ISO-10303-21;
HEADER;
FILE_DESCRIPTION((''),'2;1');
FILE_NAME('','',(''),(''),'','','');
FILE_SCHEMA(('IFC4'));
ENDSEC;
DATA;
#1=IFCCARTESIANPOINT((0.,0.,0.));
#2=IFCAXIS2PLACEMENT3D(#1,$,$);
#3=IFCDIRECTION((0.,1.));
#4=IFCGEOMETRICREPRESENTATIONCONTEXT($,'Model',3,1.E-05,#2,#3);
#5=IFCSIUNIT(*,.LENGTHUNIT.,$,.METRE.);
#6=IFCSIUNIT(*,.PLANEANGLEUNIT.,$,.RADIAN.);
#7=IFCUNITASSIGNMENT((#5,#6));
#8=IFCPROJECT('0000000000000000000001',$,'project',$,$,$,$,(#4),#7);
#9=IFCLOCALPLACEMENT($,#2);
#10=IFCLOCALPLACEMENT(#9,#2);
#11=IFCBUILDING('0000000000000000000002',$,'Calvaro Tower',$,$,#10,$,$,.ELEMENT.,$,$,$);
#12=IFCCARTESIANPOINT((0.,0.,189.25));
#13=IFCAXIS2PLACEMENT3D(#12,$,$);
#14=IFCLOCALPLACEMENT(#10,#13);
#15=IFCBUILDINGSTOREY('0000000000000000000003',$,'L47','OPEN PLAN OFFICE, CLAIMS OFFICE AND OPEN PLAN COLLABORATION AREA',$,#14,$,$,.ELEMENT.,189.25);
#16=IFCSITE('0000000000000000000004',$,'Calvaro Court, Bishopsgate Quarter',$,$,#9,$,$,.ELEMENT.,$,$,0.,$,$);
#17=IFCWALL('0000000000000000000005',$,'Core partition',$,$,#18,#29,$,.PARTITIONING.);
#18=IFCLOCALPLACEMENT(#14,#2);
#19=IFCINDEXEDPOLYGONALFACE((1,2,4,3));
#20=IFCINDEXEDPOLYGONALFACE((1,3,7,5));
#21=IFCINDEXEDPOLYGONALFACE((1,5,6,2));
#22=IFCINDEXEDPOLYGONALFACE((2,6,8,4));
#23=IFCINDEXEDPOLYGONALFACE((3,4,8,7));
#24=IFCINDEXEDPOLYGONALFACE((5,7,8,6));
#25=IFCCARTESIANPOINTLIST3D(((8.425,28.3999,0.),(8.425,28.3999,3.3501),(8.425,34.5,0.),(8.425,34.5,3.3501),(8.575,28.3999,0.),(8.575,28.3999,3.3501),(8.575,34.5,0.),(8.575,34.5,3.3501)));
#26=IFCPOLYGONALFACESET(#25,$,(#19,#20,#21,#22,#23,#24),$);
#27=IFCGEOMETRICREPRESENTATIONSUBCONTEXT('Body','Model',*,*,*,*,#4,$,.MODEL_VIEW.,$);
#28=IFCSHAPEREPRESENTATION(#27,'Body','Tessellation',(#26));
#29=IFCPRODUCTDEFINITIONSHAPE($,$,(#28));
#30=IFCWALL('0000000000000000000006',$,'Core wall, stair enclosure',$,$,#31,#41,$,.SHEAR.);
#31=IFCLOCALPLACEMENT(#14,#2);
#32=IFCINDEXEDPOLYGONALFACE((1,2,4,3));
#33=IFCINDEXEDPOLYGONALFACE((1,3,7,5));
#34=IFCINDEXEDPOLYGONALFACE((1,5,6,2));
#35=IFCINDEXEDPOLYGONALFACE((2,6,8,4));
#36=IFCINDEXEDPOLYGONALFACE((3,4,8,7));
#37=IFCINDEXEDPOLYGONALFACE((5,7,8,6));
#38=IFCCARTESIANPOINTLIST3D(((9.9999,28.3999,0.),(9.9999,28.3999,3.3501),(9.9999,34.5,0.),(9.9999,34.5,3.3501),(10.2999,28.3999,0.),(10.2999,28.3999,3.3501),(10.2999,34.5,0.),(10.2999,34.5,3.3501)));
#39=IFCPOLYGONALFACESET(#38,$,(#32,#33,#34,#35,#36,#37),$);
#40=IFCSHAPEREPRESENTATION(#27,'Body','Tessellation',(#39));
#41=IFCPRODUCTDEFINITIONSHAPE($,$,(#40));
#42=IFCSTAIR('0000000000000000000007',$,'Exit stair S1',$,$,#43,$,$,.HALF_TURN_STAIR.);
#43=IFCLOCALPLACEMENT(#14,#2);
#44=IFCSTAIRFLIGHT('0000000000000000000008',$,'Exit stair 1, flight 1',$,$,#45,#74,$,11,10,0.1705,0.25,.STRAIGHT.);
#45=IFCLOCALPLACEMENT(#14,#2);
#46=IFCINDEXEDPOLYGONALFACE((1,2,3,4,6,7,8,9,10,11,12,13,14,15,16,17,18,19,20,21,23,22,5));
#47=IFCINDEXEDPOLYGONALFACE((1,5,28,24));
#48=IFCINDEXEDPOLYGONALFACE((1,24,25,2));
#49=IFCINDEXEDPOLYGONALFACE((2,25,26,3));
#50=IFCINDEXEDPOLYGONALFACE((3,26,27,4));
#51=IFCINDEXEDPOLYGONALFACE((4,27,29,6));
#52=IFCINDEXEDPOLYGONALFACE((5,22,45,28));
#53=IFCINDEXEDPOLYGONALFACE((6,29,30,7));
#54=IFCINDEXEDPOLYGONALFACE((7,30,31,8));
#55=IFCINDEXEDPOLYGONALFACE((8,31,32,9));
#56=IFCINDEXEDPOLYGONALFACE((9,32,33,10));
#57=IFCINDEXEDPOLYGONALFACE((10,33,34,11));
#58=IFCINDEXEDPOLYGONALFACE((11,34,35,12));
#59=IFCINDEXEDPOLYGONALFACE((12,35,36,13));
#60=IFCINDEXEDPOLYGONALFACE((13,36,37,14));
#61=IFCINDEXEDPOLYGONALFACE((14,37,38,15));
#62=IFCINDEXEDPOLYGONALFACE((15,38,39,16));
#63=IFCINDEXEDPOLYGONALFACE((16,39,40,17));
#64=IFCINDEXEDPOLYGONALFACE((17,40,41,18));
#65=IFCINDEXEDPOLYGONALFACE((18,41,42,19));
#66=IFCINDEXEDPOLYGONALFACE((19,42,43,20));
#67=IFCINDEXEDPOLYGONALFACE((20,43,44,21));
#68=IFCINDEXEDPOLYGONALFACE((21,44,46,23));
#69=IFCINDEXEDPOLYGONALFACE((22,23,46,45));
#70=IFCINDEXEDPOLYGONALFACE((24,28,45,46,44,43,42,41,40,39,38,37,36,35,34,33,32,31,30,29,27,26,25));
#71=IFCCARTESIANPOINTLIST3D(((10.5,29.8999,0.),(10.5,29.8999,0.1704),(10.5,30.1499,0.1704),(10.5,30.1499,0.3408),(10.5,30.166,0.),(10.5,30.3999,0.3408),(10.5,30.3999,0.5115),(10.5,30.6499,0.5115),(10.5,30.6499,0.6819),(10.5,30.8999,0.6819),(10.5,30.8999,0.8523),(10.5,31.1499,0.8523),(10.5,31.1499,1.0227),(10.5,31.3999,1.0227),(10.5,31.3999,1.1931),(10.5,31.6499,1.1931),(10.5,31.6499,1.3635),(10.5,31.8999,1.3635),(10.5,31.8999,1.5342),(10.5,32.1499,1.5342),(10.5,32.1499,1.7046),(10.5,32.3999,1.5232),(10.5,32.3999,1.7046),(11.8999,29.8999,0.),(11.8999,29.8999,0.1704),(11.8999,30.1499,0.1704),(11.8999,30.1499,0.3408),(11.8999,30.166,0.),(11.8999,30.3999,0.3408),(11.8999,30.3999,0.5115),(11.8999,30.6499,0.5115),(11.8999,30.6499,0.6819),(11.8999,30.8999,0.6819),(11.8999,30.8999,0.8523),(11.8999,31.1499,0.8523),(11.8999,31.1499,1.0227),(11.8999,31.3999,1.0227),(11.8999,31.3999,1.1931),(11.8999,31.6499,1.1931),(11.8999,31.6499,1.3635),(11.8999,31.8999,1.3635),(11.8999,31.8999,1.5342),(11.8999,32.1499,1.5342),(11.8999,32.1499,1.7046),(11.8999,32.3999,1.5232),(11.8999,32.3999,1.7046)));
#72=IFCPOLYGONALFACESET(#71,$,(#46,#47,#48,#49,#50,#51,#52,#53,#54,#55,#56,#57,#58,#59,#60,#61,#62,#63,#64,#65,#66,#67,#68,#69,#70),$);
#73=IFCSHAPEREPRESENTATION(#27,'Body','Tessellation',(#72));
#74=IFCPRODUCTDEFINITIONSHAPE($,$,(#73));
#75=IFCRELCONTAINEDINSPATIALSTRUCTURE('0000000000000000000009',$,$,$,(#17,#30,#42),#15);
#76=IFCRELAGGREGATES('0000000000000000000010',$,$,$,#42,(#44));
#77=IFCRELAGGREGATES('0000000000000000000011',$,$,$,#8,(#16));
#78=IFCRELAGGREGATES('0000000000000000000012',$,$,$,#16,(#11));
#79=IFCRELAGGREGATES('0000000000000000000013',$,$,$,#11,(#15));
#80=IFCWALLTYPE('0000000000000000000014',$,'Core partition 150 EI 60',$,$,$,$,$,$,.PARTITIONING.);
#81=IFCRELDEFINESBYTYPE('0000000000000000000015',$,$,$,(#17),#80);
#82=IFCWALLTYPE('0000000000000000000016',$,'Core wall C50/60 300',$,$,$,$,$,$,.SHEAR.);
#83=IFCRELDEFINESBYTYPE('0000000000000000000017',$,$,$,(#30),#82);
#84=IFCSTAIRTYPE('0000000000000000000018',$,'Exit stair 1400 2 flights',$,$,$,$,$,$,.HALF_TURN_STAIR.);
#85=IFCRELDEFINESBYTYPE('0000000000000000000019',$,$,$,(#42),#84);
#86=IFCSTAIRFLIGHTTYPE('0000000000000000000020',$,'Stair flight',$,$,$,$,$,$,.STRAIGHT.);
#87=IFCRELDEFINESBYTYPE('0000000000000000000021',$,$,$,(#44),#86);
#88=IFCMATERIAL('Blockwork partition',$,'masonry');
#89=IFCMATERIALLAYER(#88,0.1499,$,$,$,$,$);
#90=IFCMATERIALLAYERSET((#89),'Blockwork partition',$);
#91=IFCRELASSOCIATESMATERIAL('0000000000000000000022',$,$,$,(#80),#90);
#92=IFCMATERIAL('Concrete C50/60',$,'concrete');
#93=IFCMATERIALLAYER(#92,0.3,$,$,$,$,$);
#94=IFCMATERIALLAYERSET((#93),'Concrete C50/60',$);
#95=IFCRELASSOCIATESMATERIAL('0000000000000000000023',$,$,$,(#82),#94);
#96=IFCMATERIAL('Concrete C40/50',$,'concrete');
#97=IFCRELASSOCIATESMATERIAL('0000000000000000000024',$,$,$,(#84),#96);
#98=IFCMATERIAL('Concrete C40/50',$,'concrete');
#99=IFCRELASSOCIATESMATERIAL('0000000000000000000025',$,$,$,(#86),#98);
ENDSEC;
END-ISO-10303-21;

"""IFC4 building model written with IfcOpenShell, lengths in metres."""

from ifc_helpers import new_model, si_unit, direction, frame, frame_2d, origin, place, context, subcontext, project, spatial, polyline, rectangle, outline, extrude, material, layer, layer_set, type_object, element, aggregate, save


model = new_model("IFC4")

# Units and contexts
model_context = context("Model", 3, precision=1e-05, world=origin(), true_north=direction((0.0, 1.0)))
body_context = subcontext(model_context, "Body", "Model", "MODEL_VIEW")
ifc_project = project(units=[si_unit("LENGTHUNIT", "METRE"), si_unit("PLANEANGLEUNIT", "RADIAN")], contexts=[model_context])

# Site, building, storey
site_placement = place(None, origin())
site = spatial("IfcSite", under=ifc_project, at=site_placement, Name="Calvaro Court, Bishopsgate Quarter", CompositionType="ELEMENT", RefElevation=0.0)
building_placement = place(site_placement, origin())
building = spatial("IfcBuilding", under=site, at=building_placement, Name="Calvaro Tower", CompositionType="ELEMENT")
storey_placement = place(building_placement, frame((0.0, 0.0, 189.25)))
storey = spatial("IfcBuildingStorey", under=building, at=storey_placement, Name="L47", Description="OPEN PLAN OFFICE, CLAIMS OFFICE AND OPEN PLAN COLLABORATION AREA", CompositionType="ELEMENT", Elevation=189.25)

# Walls
ifc_material_1 = material(Name="Blockwork partition", Category="masonry")
ifc_layer_1 = layer(ifc_material_1, 0.1499)
ifc_layer_set_1 = layer_set([ifc_layer_1], Name="Blockwork partition")
wall_type_1 = type_object("IfcWallType", Name="Core partition 150 EI 60", PredefinedType="PARTITIONING", material=ifc_layer_set_1)
wall_1_placement = place(storey_placement, frame((8.5, 28.3999, 0.0), z_axis=(0.0, 0.0, 1.0), x_axis=(0.0, 1.0, 0.0)))
element("IfcWall", 1, at=wall_1_placement, inside=storey, type_object=wall_type_1, Name="Core partition", PredefinedType="PARTITIONING", context=body_context, shape_type="SweptSolid", body=[
    extrude(rectangle(XDim=6.1001, YDim=0.1499, at=frame_2d((3.05, 0.0))), origin(), (0.0, 0.0, 1.0), 3.3501),
])
ifc_material_2 = material(Name="Concrete C50/60", Category="concrete")
ifc_layer_2 = layer(ifc_material_2, 0.3)
ifc_layer_set_2 = layer_set([ifc_layer_2], Name="Concrete C50/60")
wall_type_2 = type_object("IfcWallType", Name="Core wall C50/60 300", PredefinedType="SHEAR", material=ifc_layer_set_2)
wall_2_placement = place(storey_placement, frame((10.1499, 28.3999, 0.0), z_axis=(0.0, 0.0, 1.0), x_axis=(0.0, 1.0, 0.0)))
element("IfcWall", 2, at=wall_2_placement, inside=storey, type_object=wall_type_2, Name="Core wall, stair enclosure", PredefinedType="SHEAR", context=body_context, shape_type="SweptSolid", body=[
    extrude(rectangle(XDim=6.1001, YDim=0.3, at=frame_2d((3.05, 0.0))), origin(), (0.0, 0.0, 1.0), 3.3501),
])

# Stair, stair flight
ifc_material_3 = material(Name="Concrete C40/50", Category="concrete")
stair_type = type_object("IfcStairType", Name="Exit stair 1400 2 flights", PredefinedType="HALF_TURN_STAIR", material=ifc_material_3)
stair_placement = place(storey_placement, origin())
stair = element("IfcStair", 3, at=stair_placement, inside=storey, type_object=stair_type, Name="Exit stair S1", PredefinedType="HALF_TURN_STAIR")
ifc_material_4 = material(Name="Concrete C40/50", Category="concrete")
stair_flight_type = type_object("IfcStairFlightType", Name="Stair flight", PredefinedType="STRAIGHT", material=ifc_material_4)
stair_flight_placement = place(storey_placement, frame((11.2, 29.8999, 0.0), z_axis=(0.0, 0.0, 1.0), x_axis=(0.0, 1.0, 0.0)))
stair_flight = element("IfcStairFlight", 4, at=stair_flight_placement, type_object=stair_flight_type, Name="Exit stair 1, flight 1", NumberOfRisers=11, NumberOfTreads=10, PredefinedType="STRAIGHT", RiserHeight=0.1705, TreadLength=0.25, context=body_context, shape_type="SweptSolid", body=[
    extrude(outline(polyline([(0.0, 0.0), (0.0, 0.1704), (0.25, 0.1704), (0.25, 0.3408), (0.5, 0.3408), (0.5, 0.5115), (0.75, 0.5115), (0.75, 0.6819), (1.0, 0.6819), (1.0, 0.8523), (1.25, 0.8523), (1.25, 1.0227), (1.5, 1.0227), (1.5, 1.1931), (1.75, 1.1931), (1.75, 1.3635), (2.0, 1.3635), (2.0, 1.5342), (2.25, 1.5342), (2.25, 1.7046), (2.5, 1.7046), (2.5, 1.875), (2.5, 1.5232), (0.2661, 0.0), (0.0, 0.0)])), frame((0.0, 0.7, 0.0), z_axis=(0.0, -1.0, 0.0), x_axis=(1.0, 0.0, 0.0)), (0.0, 0.0, 1.0), 1.3999),
])
aggregate(stair, [stair_flight])

save(model, "model.ifc")
